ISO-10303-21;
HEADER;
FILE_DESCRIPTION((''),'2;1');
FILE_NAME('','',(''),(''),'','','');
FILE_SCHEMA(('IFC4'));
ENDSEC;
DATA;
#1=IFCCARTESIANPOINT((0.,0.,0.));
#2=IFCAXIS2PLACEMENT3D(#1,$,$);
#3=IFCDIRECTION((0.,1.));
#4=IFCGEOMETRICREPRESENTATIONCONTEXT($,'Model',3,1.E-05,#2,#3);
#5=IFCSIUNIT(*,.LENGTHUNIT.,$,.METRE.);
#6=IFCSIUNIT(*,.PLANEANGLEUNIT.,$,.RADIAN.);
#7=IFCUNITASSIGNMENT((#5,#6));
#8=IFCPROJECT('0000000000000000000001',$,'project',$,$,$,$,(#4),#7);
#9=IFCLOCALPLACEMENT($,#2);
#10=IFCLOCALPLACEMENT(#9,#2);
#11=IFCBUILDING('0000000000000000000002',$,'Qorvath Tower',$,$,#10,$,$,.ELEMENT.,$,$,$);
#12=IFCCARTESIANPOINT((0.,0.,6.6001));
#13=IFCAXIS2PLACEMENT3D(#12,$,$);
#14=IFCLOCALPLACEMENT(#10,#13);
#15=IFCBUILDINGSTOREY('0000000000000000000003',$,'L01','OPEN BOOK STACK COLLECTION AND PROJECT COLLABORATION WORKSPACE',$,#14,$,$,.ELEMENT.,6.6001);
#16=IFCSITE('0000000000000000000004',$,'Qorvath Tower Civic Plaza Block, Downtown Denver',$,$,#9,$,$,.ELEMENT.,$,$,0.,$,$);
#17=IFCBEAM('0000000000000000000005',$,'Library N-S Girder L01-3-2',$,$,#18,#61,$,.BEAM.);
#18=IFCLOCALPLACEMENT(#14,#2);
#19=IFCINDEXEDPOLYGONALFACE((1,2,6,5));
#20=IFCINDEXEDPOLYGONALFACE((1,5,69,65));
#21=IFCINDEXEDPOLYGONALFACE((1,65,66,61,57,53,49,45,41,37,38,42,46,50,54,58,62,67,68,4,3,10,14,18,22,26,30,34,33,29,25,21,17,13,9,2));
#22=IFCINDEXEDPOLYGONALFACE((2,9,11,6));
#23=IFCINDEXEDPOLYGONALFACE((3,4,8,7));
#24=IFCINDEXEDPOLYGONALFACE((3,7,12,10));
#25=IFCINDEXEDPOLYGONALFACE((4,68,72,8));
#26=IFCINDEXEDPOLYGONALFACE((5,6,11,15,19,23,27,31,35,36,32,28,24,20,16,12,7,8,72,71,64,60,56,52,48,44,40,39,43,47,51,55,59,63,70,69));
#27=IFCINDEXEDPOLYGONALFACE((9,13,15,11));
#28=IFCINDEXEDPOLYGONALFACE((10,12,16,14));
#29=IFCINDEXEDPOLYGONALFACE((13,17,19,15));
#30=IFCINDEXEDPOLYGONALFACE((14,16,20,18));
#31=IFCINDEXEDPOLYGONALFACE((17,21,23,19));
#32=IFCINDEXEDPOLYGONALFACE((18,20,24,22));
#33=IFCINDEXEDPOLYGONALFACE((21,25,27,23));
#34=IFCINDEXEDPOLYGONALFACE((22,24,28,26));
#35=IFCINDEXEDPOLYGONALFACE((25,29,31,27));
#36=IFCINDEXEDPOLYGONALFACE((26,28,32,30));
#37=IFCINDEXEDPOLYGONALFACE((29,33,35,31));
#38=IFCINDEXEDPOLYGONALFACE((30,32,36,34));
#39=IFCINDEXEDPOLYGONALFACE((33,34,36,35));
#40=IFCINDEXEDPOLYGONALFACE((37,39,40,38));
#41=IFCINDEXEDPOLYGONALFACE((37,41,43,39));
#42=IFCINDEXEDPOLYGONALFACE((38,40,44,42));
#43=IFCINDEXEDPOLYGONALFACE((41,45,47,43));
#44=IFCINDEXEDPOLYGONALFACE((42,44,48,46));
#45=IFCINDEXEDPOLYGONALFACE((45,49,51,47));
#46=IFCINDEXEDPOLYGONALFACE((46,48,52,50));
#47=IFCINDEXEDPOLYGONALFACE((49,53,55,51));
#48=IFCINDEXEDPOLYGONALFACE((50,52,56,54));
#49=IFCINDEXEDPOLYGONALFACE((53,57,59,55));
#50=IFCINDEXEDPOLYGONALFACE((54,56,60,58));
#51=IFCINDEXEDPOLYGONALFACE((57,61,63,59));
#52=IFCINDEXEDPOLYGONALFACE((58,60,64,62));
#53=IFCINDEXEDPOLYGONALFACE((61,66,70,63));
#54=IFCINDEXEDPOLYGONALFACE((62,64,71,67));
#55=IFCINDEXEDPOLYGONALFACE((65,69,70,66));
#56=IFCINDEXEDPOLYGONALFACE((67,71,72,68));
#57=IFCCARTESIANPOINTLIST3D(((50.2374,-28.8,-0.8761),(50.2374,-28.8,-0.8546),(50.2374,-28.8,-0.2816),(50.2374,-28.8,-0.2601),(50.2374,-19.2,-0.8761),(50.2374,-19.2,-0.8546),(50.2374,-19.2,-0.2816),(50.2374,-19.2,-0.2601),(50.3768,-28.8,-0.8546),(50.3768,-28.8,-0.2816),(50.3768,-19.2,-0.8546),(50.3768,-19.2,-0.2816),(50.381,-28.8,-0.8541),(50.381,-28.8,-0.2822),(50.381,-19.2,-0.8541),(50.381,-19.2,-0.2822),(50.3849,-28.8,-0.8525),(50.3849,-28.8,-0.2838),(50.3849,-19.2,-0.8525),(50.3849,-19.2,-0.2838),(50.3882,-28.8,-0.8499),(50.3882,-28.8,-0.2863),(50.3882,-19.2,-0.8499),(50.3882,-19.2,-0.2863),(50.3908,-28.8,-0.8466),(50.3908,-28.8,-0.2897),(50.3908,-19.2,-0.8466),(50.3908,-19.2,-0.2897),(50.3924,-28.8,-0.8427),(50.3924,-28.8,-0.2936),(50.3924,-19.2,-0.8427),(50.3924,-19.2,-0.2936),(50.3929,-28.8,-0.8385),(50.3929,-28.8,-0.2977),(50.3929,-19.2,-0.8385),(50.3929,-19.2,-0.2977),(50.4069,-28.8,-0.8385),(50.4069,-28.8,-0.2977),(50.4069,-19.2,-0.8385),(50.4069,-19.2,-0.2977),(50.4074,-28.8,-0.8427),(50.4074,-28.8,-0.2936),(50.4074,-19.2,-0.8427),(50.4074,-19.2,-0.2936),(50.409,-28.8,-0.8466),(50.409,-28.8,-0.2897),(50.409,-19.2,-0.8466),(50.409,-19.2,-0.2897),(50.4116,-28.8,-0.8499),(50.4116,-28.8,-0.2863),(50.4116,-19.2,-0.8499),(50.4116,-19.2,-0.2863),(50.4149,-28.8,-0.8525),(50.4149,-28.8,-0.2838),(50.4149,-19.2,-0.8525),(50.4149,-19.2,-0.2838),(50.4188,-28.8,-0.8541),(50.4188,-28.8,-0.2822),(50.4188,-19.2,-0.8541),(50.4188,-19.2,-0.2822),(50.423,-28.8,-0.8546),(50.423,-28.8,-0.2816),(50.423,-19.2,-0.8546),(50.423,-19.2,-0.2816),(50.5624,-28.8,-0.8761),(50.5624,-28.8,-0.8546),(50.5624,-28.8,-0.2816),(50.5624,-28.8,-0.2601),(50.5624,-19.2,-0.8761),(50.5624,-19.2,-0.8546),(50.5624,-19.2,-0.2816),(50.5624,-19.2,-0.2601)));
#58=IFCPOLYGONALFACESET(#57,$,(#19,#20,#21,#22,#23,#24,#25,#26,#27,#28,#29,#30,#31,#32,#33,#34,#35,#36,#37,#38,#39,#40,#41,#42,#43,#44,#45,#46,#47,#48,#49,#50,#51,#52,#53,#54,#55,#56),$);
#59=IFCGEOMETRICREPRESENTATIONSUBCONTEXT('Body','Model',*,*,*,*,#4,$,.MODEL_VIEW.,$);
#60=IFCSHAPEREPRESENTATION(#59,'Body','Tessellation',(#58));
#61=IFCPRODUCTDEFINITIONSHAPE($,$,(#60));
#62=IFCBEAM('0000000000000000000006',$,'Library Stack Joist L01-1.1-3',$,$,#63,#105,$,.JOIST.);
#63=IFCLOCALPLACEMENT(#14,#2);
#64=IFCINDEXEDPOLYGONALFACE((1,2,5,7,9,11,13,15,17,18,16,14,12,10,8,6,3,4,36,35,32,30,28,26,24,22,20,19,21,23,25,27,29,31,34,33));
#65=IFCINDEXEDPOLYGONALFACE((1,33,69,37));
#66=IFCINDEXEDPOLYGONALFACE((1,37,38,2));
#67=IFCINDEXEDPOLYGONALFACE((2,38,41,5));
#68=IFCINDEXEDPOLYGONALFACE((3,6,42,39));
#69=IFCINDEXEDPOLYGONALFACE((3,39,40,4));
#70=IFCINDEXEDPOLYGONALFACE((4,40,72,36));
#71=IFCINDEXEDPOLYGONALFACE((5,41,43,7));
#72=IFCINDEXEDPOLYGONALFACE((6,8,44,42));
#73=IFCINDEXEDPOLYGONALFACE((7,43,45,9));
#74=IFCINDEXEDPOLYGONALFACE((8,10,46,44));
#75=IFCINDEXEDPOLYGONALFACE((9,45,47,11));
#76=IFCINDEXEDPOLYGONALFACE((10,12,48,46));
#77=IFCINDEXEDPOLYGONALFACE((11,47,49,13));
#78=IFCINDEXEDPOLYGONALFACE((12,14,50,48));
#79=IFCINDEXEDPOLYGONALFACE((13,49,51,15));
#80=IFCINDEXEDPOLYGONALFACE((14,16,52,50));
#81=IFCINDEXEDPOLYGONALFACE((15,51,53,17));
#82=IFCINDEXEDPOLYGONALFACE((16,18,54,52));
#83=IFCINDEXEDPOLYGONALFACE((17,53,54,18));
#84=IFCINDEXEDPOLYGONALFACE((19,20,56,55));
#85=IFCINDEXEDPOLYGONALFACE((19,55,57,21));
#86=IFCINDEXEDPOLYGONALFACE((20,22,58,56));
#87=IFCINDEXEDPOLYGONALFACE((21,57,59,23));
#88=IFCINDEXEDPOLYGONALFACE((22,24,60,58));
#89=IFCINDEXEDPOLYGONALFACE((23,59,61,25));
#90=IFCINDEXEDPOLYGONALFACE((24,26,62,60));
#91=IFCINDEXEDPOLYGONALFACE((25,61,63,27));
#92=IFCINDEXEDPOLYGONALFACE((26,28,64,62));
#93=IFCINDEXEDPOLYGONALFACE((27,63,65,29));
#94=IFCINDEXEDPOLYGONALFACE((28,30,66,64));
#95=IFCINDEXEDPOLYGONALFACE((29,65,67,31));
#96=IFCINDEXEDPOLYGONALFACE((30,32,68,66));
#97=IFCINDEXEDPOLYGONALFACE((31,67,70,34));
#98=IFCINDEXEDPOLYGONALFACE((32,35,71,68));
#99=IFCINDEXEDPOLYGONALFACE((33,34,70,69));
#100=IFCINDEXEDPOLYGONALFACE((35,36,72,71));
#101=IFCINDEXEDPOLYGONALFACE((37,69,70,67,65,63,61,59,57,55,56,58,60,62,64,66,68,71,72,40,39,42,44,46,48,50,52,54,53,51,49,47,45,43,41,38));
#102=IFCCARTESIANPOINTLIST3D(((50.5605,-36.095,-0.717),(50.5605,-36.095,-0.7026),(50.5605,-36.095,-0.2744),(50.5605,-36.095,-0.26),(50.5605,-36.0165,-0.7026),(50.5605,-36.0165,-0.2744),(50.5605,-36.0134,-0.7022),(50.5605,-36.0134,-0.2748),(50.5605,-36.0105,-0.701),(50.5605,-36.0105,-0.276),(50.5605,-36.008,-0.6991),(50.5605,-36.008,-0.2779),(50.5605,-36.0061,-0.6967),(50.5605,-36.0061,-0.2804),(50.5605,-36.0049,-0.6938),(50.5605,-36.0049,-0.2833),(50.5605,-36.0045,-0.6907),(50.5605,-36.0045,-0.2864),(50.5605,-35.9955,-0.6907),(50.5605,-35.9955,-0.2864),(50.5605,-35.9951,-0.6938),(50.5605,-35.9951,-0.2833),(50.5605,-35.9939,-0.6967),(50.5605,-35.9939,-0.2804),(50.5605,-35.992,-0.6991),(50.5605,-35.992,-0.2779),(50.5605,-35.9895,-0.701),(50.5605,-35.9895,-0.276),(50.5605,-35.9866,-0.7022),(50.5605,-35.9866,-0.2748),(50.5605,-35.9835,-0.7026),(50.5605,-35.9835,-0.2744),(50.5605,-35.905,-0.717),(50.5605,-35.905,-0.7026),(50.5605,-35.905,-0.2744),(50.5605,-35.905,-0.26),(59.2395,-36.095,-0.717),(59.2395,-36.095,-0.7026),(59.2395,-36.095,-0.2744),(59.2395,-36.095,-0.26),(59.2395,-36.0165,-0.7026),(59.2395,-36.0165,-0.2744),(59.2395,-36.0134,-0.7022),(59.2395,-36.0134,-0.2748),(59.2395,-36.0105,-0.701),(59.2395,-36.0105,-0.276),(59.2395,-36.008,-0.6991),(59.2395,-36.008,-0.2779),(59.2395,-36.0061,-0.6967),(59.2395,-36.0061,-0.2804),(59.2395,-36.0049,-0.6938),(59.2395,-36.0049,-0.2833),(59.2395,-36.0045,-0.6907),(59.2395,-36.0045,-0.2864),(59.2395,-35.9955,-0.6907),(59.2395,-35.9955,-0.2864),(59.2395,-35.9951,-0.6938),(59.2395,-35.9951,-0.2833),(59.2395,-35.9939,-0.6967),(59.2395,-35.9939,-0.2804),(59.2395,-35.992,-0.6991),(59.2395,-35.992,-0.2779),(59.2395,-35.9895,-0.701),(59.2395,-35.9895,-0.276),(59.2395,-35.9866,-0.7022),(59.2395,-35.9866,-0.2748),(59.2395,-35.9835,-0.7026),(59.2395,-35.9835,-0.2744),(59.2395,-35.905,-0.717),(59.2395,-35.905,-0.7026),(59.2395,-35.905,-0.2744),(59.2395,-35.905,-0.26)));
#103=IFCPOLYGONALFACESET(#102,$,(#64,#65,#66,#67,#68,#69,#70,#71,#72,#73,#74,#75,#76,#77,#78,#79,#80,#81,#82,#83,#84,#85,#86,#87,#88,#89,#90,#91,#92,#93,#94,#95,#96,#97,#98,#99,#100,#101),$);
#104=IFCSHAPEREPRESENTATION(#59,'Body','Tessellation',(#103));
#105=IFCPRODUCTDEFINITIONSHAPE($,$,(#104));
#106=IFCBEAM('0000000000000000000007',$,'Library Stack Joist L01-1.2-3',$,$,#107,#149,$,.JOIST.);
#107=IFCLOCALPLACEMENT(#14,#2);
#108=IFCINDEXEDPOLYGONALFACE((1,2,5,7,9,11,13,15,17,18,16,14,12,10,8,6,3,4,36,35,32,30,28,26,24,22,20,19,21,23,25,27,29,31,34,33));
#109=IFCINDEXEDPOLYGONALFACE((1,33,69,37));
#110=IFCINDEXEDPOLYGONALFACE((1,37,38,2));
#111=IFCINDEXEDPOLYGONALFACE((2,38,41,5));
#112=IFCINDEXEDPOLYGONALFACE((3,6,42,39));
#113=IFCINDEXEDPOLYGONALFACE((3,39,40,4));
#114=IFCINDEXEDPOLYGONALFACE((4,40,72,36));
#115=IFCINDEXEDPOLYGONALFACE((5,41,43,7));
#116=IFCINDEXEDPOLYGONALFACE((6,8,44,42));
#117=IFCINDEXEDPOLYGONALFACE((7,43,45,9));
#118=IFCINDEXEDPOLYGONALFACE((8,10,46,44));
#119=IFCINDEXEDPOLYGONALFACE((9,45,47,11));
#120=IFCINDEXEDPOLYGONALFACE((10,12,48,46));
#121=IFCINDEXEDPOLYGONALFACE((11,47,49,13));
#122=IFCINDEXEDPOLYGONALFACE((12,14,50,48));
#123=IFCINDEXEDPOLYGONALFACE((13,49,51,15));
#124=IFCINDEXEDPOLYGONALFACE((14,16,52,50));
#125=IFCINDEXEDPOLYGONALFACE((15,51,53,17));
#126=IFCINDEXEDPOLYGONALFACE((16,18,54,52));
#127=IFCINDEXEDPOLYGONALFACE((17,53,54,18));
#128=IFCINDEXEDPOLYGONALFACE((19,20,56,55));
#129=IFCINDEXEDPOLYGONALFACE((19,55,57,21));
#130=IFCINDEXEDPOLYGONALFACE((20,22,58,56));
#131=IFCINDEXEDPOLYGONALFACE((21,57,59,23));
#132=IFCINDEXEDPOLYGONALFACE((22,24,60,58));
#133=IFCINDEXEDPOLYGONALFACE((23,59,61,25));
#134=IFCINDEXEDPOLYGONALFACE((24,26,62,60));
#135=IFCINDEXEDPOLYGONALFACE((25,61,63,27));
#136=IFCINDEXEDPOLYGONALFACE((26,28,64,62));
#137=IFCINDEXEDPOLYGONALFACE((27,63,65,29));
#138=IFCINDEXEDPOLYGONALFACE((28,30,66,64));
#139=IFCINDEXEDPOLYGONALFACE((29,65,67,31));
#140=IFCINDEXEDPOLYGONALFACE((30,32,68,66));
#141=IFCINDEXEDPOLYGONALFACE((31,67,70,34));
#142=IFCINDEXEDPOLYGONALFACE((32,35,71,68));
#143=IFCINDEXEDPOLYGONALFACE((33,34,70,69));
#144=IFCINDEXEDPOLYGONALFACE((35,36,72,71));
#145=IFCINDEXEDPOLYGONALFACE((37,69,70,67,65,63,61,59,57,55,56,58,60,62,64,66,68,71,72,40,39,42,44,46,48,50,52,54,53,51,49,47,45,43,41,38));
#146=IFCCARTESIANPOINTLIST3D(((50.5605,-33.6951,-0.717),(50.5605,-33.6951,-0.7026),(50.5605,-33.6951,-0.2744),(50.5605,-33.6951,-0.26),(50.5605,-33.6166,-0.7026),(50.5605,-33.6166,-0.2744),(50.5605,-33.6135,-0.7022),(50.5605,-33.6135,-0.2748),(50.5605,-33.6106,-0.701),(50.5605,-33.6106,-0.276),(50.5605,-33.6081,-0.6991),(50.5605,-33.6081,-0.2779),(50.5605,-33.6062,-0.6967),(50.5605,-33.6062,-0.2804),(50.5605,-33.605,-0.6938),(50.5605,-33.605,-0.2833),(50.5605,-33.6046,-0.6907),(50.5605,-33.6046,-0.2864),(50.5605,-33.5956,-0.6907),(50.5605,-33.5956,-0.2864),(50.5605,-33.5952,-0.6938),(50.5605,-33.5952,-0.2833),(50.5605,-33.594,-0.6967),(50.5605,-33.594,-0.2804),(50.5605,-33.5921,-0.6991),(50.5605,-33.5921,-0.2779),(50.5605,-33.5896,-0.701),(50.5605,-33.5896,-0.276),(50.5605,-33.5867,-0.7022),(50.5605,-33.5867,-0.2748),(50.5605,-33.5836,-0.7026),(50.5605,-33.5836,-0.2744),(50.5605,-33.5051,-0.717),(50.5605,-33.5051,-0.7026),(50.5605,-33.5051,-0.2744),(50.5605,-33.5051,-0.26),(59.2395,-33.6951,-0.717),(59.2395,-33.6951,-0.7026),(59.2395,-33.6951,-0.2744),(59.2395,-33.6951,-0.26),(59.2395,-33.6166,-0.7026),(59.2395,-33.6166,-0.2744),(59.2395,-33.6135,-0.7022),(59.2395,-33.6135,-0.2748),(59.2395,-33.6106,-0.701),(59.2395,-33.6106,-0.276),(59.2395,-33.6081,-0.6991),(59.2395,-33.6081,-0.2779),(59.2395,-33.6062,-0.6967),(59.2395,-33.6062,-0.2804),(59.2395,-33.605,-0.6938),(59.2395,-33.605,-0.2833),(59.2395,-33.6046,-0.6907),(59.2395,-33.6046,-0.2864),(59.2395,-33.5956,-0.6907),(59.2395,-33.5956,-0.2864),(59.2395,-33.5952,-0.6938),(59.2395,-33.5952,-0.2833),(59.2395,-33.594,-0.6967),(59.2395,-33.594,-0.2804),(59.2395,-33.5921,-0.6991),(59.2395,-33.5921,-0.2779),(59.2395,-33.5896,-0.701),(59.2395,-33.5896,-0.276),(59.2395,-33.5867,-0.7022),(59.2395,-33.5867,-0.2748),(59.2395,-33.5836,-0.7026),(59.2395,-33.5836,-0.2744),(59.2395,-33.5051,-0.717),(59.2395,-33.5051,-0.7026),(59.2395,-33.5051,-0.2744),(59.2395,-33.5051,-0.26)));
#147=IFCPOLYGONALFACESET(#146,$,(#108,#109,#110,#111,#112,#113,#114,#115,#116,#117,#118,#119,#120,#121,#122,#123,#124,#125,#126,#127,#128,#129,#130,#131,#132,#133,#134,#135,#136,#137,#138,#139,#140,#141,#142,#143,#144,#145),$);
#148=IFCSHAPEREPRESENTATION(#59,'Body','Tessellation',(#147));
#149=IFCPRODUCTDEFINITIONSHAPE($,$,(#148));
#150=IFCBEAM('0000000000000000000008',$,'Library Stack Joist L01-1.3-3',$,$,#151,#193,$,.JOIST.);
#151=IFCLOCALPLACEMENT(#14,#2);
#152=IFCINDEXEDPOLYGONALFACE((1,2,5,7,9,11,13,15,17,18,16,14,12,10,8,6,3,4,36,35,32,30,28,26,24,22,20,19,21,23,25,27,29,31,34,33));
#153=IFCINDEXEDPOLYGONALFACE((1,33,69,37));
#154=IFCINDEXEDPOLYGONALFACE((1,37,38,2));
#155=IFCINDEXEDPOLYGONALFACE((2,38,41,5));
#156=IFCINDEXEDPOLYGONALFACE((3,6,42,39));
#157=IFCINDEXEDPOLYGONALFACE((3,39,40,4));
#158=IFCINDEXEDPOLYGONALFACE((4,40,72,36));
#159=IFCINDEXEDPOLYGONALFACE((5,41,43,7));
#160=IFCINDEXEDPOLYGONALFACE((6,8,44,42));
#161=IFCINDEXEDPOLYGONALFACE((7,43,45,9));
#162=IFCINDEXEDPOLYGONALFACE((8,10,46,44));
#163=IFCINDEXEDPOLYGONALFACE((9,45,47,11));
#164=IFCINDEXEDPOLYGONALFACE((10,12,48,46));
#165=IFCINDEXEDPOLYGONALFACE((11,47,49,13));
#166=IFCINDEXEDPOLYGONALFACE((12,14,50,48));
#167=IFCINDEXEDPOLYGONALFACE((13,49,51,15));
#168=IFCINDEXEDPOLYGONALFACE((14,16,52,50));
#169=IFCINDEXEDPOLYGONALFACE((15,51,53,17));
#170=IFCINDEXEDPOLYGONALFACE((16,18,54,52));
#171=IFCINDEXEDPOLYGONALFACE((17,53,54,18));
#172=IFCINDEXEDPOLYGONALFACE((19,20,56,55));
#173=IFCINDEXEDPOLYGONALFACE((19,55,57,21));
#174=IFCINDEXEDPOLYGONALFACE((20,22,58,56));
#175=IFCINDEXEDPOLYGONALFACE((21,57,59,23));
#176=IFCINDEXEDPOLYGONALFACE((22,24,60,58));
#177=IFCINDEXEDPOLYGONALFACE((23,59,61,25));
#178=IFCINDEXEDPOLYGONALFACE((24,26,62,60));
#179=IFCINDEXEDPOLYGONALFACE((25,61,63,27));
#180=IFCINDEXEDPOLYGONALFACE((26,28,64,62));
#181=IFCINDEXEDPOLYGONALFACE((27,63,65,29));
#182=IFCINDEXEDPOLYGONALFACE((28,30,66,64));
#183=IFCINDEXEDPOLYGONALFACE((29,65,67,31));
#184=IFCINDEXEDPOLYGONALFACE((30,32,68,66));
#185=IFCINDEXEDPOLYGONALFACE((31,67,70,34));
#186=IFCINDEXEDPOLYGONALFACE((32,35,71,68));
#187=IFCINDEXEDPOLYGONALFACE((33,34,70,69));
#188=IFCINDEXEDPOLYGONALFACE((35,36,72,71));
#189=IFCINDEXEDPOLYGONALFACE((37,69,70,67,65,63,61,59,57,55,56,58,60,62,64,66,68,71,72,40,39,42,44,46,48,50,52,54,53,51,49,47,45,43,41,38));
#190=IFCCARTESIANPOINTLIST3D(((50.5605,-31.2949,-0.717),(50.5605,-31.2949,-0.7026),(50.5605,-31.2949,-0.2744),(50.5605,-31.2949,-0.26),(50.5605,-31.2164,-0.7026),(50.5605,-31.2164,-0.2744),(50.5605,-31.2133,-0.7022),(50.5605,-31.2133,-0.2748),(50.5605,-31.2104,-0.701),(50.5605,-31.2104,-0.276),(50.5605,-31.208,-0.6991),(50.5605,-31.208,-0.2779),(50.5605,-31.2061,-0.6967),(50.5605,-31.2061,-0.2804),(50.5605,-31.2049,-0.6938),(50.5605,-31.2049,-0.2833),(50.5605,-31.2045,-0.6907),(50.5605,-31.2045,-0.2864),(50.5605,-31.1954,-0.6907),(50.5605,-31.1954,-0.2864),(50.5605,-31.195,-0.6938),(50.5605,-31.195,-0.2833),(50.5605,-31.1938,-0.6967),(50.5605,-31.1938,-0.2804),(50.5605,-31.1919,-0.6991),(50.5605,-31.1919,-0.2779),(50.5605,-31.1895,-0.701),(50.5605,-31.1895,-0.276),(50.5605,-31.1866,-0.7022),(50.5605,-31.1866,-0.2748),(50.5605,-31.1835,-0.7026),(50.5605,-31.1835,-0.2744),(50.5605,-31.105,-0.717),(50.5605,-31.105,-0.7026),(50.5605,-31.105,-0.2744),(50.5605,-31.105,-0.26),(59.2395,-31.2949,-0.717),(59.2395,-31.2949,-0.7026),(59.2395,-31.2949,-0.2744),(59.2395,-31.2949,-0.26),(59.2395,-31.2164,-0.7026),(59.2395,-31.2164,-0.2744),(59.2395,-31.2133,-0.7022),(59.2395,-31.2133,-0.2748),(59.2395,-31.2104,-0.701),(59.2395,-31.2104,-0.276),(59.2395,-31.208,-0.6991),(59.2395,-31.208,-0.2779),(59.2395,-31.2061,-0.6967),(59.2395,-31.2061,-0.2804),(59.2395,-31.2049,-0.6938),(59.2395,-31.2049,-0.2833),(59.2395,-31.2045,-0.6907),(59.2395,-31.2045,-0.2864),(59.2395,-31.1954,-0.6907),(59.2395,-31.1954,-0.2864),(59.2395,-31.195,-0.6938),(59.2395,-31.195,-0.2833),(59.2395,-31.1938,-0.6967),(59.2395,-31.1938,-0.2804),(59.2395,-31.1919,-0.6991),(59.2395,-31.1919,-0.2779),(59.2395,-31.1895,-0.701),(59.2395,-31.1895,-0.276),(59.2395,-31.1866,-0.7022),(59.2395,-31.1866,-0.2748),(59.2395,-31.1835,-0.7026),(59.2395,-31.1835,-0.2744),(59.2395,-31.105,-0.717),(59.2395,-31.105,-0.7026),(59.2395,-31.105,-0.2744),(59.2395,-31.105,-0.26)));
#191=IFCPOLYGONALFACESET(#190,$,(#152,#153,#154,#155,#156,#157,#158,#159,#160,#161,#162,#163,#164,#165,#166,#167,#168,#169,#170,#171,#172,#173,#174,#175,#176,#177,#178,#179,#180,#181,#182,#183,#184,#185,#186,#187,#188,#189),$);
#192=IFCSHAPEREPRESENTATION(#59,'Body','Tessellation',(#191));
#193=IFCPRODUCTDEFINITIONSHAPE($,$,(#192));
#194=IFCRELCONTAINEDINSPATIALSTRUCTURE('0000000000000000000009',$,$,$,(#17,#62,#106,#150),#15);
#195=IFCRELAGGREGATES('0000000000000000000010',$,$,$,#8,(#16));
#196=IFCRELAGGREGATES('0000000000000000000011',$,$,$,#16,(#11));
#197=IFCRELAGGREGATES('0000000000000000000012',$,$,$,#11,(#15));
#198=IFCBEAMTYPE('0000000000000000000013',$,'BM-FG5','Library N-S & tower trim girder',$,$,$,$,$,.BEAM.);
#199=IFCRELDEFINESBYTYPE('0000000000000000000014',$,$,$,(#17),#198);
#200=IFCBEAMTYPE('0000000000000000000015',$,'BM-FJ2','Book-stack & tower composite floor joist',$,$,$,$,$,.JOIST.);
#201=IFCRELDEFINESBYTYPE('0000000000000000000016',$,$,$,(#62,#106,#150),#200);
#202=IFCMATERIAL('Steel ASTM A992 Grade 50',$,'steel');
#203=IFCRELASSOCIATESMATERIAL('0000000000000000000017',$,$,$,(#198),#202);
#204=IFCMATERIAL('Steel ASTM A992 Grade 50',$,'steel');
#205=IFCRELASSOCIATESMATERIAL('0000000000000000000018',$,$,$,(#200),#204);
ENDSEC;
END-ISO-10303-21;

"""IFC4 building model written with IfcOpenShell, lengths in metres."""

from ifc_helpers import new_model, si_unit, direction, frame, origin, origin_2d, place, context, subcontext, project, spatial, i_section, extrude, material, material_profile, profile_set, type_object, element, save


model = new_model("IFC4")

# Units and contexts
model_context = context("Model", 3, precision=1e-05, world=origin(), true_north=direction((0.0, 1.0)))
body_context = subcontext(model_context, "Body", "Model", "MODEL_VIEW")
ifc_project = project(units=[si_unit("LENGTHUNIT", "METRE"), si_unit("PLANEANGLEUNIT", "RADIAN")], contexts=[model_context])

# Site, building, storey
site_placement = place(None, origin())
site = spatial("IfcSite", under=ifc_project, at=site_placement, Name="Qorvath Tower Civic Plaza Block, Downtown Denver", CompositionType="ELEMENT", RefElevation=0.0)
building_placement = place(site_placement, origin())
building = spatial("IfcBuilding", under=site, at=building_placement, Name="Qorvath Tower", CompositionType="ELEMENT")
storey_placement = place(building_placement, frame((0.0, 0.0, 6.6001)))
storey = spatial("IfcBuildingStorey", under=building, at=storey_placement, Name="L01", Description="OPEN BOOK STACK COLLECTION AND PROJECT COLLABORATION WORKSPACE", CompositionType="ELEMENT", Elevation=6.6001)

# Beams
ifc_material_1 = material(Name="Steel ASTM A992 Grade 50", Category="steel")
ifc_material_profile_1 = material_profile(ifc_material_1, i_section(OverallWidth=0.325, OverallDepth=0.616, WebThickness=0.0139, FlangeThickness=0.0215, FilletRadius=0.0161, at=origin_2d()), Name="W24x117")
ifc_profile_set_1 = profile_set([ifc_material_profile_1], Name="Steel ASTM A992 Grade 50")
beam_type_1 = type_object("IfcBeamType", Name="BM-FG5", Description="Library N-S & tower trim girder", PredefinedType="BEAM", material=ifc_profile_set_1)
beam_1_placement = place(storey_placement, frame((50.3999, -28.8, -0.5681), z_axis=(0.0, 1.0, 0.0), x_axis=(-1.0, 0.0, 0.0)))
element("IfcBeam", 1, at=beam_1_placement, inside=storey, type_object=beam_type_1, Name="Library N-S Girder L01-3-2", PredefinedType="BEAM", context=body_context, shape_type="SweptSolid", body=[
    extrude(i_section(OverallWidth=0.325, OverallDepth=0.616, WebThickness=0.0139, FlangeThickness=0.0215, FilletRadius=0.0161, at=origin_2d()), origin(), (0.0, 0.0, 1.0), 9.6001),
])
ifc_material_2 = material(Name="Steel ASTM A992 Grade 50", Category="steel")
ifc_material_profile_2 = material_profile(ifc_material_2, i_section(OverallWidth=0.1899, OverallDepth=0.457, WebThickness=0.009, FlangeThickness=0.0144, FilletRadius=0.012, at=origin_2d()), Name="W18x50")
ifc_profile_set_2 = profile_set([ifc_material_profile_2], Name="Steel ASTM A992 Grade 50")
beam_type_2 = type_object("IfcBeamType", Name="BM-FJ2", Description="Book-stack & tower composite floor joist", PredefinedType="JOIST", material=ifc_profile_set_2)
for number, where, z_axis, x_axis, name in (
    (2, (50.5605, -36.0, -0.4885), (1.0, 0.0, 0.0), (0.0, 1.0, 0.0), "Library Stack Joist L01-1.1-3"),
    (3, (50.5605, -33.6001, -0.4885), (1.0, 0.0, 0.0), (0.0, 1.0, 0.0), "Library Stack Joist L01-1.2-3"),
    (4, (50.5605, -31.2, -0.4885), (1.0, 0.0, 0.0), (0.0, 1.0, 0.0), "Library Stack Joist L01-1.3-3"),
):
    element("IfcBeam", number, at=place(storey_placement, frame(where, z_axis=z_axis, x_axis=x_axis)), inside=storey, type_object=beam_type_2, Name=name, PredefinedType="JOIST", context=body_context, shape_type="SweptSolid", body=[
        extrude(i_section(OverallWidth=0.1899, OverallDepth=0.457, WebThickness=0.009, FlangeThickness=0.0144, FilletRadius=0.012, at=origin_2d()), origin(), (0.0, 0.0, 1.0), 8.679),
    ])

save(model, "model.ifc")
